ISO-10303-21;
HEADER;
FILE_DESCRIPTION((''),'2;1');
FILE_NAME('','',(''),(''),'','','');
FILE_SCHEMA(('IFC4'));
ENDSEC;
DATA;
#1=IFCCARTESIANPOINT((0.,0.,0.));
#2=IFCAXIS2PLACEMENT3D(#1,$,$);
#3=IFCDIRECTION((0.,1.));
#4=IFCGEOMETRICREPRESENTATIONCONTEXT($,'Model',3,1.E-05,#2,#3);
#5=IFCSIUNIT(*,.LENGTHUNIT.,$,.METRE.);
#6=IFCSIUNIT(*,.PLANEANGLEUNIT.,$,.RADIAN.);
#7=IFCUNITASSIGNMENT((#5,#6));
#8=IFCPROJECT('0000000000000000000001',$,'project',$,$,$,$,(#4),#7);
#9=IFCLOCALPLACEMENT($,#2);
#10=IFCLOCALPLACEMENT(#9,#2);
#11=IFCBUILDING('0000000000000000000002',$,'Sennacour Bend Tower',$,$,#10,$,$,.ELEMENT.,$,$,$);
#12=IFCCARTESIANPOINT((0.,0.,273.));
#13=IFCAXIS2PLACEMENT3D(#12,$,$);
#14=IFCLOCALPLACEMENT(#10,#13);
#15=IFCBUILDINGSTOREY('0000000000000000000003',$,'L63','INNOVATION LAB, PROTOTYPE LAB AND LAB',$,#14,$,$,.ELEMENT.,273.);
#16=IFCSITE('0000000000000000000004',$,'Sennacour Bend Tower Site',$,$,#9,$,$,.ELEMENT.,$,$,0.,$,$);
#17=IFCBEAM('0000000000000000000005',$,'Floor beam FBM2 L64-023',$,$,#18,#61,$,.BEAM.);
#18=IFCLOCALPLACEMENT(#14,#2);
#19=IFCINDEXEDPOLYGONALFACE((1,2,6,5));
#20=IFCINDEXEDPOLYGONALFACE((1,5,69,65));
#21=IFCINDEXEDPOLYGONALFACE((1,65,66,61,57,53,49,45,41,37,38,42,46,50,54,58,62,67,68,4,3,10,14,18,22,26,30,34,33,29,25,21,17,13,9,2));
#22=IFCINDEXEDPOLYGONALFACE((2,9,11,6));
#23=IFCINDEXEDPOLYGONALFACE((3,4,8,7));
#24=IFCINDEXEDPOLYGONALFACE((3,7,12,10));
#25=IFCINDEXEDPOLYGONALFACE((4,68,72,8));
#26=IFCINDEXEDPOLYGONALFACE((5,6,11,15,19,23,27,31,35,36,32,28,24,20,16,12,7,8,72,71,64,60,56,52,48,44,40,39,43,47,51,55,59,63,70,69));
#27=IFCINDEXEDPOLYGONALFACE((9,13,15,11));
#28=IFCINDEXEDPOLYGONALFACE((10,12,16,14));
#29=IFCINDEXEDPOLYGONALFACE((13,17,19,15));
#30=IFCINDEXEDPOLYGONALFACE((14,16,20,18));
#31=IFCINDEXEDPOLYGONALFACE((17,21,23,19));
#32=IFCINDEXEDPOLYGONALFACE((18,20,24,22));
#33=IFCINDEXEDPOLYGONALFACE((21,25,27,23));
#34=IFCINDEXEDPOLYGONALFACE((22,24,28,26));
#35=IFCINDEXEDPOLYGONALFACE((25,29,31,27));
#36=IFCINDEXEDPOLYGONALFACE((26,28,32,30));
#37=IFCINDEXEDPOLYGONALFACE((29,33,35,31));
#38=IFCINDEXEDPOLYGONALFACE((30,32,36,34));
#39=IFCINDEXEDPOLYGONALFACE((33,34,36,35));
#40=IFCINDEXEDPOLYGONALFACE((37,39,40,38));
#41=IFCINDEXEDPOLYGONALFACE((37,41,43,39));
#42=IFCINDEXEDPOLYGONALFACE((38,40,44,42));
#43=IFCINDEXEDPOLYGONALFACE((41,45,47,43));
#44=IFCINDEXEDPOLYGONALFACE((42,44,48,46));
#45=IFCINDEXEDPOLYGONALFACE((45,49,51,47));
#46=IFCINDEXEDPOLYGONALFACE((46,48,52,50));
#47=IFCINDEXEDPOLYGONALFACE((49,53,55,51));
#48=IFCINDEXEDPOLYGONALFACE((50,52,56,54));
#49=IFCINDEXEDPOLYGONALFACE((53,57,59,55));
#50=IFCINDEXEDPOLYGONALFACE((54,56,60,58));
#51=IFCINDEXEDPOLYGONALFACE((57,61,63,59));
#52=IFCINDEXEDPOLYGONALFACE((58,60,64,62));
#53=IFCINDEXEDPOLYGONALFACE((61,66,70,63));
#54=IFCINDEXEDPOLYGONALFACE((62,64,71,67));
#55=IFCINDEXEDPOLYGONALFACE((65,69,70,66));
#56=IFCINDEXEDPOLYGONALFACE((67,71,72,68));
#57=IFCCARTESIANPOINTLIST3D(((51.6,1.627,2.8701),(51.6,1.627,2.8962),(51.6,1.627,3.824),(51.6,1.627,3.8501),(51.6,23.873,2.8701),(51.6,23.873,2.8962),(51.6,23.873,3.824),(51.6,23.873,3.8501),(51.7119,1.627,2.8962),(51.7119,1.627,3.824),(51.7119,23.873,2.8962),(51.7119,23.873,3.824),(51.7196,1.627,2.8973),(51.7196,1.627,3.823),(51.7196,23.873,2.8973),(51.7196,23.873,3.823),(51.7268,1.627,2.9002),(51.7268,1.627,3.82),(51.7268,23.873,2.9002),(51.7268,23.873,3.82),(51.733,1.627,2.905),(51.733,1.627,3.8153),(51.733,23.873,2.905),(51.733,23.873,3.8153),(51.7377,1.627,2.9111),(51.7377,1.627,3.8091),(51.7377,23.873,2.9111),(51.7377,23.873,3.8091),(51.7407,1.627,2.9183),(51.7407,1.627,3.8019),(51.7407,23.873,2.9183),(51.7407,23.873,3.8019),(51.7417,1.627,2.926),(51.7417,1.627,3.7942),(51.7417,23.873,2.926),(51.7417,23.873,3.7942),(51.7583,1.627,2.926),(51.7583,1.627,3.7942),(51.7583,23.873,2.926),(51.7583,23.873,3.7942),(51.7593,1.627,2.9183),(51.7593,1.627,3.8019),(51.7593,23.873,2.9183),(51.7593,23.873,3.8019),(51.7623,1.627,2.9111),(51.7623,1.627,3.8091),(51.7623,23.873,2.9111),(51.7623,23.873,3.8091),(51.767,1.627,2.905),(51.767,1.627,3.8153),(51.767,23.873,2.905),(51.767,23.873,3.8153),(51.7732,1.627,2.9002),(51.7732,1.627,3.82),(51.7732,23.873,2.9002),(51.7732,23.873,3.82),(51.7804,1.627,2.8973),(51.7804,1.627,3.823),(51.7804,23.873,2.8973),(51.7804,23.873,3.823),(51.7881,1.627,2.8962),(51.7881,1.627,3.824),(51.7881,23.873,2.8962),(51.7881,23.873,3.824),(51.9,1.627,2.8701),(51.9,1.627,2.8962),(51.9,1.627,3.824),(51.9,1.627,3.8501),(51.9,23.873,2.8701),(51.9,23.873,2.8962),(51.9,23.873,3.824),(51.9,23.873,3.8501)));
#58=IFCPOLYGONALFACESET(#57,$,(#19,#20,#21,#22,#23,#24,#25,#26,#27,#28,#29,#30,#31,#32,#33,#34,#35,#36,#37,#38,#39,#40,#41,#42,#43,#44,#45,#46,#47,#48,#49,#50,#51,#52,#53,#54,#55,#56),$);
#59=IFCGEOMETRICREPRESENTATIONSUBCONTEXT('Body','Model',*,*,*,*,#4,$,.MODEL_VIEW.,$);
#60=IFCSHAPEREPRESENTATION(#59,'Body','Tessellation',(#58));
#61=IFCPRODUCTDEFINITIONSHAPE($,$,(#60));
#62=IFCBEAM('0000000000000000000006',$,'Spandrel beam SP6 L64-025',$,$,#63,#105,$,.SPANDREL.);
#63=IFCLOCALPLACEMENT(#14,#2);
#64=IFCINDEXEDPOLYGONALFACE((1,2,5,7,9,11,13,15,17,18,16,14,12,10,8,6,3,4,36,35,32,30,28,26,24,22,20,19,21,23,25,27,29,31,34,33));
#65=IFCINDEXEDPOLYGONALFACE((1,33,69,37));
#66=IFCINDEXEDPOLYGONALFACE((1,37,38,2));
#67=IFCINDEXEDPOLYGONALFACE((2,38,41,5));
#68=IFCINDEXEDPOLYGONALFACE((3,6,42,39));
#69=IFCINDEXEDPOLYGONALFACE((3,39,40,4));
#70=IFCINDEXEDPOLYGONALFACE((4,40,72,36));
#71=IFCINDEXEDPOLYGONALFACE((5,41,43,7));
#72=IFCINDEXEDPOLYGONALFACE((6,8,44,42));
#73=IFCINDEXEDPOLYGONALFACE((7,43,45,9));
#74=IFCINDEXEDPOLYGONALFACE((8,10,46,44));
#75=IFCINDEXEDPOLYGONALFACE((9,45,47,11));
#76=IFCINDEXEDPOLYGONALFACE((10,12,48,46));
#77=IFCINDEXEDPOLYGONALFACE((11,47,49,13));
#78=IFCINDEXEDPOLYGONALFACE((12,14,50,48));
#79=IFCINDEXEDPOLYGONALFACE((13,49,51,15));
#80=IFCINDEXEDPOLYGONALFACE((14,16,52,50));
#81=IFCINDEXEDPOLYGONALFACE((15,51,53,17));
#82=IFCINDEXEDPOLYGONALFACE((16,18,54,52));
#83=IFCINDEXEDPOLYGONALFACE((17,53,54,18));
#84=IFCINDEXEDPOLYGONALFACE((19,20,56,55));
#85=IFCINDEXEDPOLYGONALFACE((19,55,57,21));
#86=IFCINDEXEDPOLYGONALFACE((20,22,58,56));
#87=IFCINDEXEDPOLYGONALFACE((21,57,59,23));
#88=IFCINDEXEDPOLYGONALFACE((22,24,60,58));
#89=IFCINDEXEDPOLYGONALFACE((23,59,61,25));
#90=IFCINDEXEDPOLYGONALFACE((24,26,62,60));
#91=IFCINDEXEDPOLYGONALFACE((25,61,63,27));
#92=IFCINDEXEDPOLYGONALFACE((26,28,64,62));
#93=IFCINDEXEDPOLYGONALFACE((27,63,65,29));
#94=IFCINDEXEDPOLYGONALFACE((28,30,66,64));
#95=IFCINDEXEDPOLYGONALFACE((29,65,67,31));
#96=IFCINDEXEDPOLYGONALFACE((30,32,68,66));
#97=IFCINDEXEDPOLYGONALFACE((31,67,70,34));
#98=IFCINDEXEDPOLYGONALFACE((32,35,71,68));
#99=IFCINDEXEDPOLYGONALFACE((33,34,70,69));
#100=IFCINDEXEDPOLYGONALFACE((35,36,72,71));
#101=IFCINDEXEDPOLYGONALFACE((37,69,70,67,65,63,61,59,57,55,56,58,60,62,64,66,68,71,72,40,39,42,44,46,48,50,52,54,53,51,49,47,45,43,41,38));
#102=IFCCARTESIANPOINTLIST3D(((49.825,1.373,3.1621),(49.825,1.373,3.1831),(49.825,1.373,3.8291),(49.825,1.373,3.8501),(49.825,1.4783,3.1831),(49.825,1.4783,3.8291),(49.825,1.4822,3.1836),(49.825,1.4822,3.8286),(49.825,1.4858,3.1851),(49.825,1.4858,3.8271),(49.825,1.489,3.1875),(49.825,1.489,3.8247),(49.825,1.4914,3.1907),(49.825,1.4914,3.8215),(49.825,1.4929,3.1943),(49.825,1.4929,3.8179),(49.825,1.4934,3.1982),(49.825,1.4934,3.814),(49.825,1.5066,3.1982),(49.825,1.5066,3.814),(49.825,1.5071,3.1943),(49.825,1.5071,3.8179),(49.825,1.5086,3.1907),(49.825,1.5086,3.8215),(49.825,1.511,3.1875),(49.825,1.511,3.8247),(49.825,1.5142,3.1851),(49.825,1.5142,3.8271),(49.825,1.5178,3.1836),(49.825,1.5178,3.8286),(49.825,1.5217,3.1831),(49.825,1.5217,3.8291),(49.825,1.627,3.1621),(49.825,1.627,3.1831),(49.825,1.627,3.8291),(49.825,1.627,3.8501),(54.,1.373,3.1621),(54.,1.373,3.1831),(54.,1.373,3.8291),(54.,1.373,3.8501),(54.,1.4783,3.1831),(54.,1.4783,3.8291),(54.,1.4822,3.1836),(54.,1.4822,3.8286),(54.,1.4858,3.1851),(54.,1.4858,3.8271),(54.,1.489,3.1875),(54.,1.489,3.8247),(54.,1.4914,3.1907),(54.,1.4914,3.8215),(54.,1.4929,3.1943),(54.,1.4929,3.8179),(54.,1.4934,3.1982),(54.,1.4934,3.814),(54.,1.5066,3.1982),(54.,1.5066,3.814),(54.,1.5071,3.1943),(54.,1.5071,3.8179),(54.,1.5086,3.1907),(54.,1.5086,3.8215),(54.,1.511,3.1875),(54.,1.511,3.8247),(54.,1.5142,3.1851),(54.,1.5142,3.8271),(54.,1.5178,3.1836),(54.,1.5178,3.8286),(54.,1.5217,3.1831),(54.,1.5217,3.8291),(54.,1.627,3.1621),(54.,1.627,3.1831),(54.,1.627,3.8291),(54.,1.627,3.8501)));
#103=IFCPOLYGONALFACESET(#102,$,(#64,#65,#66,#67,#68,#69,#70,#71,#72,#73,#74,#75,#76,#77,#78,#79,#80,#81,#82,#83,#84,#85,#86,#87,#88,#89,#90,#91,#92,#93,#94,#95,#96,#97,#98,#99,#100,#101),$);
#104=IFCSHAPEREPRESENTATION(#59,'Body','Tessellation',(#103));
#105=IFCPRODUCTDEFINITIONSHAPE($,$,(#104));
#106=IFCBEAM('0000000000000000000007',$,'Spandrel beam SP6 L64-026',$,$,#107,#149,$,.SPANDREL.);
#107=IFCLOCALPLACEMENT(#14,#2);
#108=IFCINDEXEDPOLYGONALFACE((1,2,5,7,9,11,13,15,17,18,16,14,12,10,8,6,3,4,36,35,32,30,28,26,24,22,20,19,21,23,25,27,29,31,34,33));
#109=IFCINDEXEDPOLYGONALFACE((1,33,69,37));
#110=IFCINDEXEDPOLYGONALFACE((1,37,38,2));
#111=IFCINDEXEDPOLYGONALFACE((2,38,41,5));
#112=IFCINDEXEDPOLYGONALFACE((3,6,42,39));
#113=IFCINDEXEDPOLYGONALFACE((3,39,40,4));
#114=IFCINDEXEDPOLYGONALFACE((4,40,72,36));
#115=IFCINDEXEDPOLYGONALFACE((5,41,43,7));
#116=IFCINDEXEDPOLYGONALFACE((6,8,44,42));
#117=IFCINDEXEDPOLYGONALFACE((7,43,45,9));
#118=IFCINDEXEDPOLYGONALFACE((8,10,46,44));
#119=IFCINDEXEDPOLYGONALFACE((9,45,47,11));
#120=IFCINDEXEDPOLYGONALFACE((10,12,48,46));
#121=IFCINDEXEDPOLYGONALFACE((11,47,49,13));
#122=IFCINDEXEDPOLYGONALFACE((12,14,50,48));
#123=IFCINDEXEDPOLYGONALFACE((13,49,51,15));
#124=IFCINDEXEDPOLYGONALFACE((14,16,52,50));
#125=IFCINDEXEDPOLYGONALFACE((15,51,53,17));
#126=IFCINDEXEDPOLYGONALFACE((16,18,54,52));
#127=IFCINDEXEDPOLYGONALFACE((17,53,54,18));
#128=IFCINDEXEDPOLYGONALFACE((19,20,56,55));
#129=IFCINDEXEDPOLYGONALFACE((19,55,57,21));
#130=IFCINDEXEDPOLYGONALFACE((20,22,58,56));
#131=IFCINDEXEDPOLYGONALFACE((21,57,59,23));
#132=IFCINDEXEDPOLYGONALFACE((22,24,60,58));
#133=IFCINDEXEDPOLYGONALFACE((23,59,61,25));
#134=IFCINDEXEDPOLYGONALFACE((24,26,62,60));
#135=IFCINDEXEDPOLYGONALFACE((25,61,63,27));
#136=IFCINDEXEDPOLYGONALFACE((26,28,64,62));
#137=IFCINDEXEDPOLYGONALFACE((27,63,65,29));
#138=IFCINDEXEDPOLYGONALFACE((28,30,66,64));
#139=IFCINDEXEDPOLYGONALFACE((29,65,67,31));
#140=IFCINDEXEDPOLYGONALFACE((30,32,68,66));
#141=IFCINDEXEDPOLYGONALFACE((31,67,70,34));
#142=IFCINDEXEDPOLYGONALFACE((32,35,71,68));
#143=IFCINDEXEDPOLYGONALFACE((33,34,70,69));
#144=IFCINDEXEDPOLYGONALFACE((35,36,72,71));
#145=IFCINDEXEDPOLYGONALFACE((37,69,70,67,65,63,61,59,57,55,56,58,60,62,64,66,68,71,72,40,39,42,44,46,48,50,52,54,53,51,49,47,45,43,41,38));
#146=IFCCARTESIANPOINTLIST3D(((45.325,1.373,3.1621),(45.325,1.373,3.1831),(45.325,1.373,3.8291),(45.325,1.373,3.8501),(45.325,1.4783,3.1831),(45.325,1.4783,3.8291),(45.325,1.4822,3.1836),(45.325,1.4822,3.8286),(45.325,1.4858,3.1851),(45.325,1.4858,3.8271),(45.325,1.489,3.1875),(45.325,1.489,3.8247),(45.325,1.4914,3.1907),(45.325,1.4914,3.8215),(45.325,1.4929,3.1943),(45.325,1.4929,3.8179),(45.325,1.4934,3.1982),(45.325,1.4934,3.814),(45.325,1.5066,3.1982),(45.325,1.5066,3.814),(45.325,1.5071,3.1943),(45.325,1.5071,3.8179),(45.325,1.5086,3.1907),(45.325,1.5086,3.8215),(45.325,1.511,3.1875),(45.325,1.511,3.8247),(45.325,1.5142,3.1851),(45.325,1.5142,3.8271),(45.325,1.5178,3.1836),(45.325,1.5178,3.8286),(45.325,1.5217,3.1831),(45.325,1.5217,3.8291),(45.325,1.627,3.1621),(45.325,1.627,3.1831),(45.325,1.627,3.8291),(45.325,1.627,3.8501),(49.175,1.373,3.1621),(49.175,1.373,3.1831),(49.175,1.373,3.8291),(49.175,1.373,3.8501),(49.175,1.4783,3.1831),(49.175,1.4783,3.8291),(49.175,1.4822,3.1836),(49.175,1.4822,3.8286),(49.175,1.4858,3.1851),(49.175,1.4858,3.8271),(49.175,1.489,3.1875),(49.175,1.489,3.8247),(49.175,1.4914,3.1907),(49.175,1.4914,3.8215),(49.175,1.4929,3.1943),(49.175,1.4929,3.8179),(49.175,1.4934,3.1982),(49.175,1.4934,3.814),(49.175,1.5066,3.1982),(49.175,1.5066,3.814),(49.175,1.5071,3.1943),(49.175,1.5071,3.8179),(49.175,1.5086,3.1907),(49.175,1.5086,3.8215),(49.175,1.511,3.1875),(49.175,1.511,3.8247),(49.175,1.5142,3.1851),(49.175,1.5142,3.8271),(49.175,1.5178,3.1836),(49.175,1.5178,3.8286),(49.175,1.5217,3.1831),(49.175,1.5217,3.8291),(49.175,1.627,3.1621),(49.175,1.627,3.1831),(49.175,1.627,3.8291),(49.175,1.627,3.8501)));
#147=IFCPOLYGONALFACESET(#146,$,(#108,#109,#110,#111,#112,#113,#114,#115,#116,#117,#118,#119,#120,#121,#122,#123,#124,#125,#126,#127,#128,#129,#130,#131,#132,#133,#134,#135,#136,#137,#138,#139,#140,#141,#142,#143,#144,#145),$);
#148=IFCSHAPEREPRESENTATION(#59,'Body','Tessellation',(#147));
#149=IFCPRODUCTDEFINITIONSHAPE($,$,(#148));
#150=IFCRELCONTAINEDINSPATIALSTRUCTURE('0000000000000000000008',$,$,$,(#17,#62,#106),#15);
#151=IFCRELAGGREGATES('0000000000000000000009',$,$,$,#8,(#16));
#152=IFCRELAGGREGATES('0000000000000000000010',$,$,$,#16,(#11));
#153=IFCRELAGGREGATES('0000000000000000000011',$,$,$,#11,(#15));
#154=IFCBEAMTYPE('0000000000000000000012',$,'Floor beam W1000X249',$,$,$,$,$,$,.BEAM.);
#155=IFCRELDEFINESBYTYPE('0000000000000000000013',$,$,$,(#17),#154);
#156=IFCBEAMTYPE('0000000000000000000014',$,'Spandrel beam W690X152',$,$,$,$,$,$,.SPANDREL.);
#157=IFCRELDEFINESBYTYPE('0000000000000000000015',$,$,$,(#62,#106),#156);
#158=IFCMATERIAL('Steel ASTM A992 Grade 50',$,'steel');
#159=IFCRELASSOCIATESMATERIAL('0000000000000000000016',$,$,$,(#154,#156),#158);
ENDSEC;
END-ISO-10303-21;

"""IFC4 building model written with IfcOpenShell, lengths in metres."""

from ifc_helpers import new_model, si_unit, direction, frame, origin, origin_2d, place, context, subcontext, project, spatial, i_section, extrude, material, material_profile, profile_set, type_object, element, save


model = new_model("IFC4")

# Units and contexts
model_context = context("Model", 3, precision=1e-05, world=origin(), true_north=direction((0.0, 1.0)))
body_context = subcontext(model_context, "Body", "Model", "MODEL_VIEW")
ifc_project = project(units=[si_unit("LENGTHUNIT", "METRE"), si_unit("PLANEANGLEUNIT", "RADIAN")], contexts=[model_context])

# Site, building, storey
site_placement = place(None, origin())
site = spatial("IfcSite", under=ifc_project, at=site_placement, Name="Sennacour Bend Tower Site", CompositionType="ELEMENT", RefElevation=0.0)
building_placement = place(site_placement, origin())
building = spatial("IfcBuilding", under=site, at=building_placement, Name="Sennacour Bend Tower", CompositionType="ELEMENT")
storey_placement = place(building_placement, frame((0.0, 0.0, 273.0)))
storey = spatial("IfcBuildingStorey", under=building, at=storey_placement, Name="L63", Description="INNOVATION LAB, PROTOTYPE LAB AND LAB", CompositionType="ELEMENT", Elevation=273.0)

# Beams
ifc_material_1 = material(Name="Steel ASTM A992 Grade 50", Category="steel")
ifc_material_profile_1 = material_profile(ifc_material_1, i_section(OverallWidth=0.3, OverallDepth=0.98, WebThickness=0.0166, FlangeThickness=0.0261, FilletRadius=0.0298, at=origin_2d()), Name="Steel ASTM A992 Grade 50", Category="steel")
ifc_profile_set_1 = profile_set([ifc_material_profile_1], Name="Steel ASTM A992 Grade 50")
beam_type_1 = type_object("IfcBeamType", Name="Floor beam W1000X249", PredefinedType="BEAM", material=ifc_profile_set_1)
beam_1_placement = place(storey_placement, frame((51.75, 1.627, 3.3601), z_axis=(0.0, 1.0, 0.0), x_axis=(-1.0, 0.0, 0.0)))
element("IfcBeam", 1, at=beam_1_placement, inside=storey, type_object=beam_type_1, Name="Floor beam FBM2 L64-023", PredefinedType="BEAM", context=body_context, shape_type="SweptSolid", body=[
    extrude(i_section(OverallWidth=0.3, OverallDepth=0.98, WebThickness=0.0166, FlangeThickness=0.0261, FilletRadius=0.0298, at=origin_2d()), origin(), (0.0, 0.0, 1.0), 22.2461),
])
ifc_material_profile_2 = material_profile(ifc_material_1, i_section(OverallWidth=0.2539, OverallDepth=0.688, WebThickness=0.0132, FlangeThickness=0.021, FilletRadius=0.0151, at=origin_2d()), Name="Steel ASTM A992 Grade 50", Category="steel")
ifc_profile_set_2 = profile_set([ifc_material_profile_2], Name="Steel ASTM A992 Grade 50")
beam_type_2 = type_object("IfcBeamType", Name="Spandrel beam W690X152", PredefinedType="SPANDREL", material=ifc_profile_set_2)
beam_2_placement = place(storey_placement, frame((54.0, 1.5, 3.5061), z_axis=(-1.0, 0.0, 0.0), x_axis=(0.0, -1.0, 0.0)))
element("IfcBeam", 2, at=beam_2_placement, inside=storey, type_object=beam_type_2, Name="Spandrel beam SP6 L64-025", PredefinedType="SPANDREL", context=body_context, shape_type="SweptSolid", body=[
    extrude(i_section(OverallWidth=0.2539, OverallDepth=0.688, WebThickness=0.0132, FlangeThickness=0.021, FilletRadius=0.0151, at=origin_2d()), origin(), (0.0, 0.0, 1.0), 4.175),
])
beam_3_placement = place(storey_placement, frame((49.175, 1.5, 3.5061), z_axis=(-1.0, 0.0, 0.0), x_axis=(0.0, -1.0, 0.0)))
element("IfcBeam", 3, at=beam_3_placement, inside=storey, type_object=beam_type_2, Name="Spandrel beam SP6 L64-026", PredefinedType="SPANDREL", context=body_context, shape_type="SweptSolid", body=[
    extrude(i_section(OverallWidth=0.2539, OverallDepth=0.688, WebThickness=0.0132, FlangeThickness=0.021, FilletRadius=0.0151, at=origin_2d()), origin(), (0.0, 0.0, 1.0), 3.8501),
])

save(model, "model.ifc")
